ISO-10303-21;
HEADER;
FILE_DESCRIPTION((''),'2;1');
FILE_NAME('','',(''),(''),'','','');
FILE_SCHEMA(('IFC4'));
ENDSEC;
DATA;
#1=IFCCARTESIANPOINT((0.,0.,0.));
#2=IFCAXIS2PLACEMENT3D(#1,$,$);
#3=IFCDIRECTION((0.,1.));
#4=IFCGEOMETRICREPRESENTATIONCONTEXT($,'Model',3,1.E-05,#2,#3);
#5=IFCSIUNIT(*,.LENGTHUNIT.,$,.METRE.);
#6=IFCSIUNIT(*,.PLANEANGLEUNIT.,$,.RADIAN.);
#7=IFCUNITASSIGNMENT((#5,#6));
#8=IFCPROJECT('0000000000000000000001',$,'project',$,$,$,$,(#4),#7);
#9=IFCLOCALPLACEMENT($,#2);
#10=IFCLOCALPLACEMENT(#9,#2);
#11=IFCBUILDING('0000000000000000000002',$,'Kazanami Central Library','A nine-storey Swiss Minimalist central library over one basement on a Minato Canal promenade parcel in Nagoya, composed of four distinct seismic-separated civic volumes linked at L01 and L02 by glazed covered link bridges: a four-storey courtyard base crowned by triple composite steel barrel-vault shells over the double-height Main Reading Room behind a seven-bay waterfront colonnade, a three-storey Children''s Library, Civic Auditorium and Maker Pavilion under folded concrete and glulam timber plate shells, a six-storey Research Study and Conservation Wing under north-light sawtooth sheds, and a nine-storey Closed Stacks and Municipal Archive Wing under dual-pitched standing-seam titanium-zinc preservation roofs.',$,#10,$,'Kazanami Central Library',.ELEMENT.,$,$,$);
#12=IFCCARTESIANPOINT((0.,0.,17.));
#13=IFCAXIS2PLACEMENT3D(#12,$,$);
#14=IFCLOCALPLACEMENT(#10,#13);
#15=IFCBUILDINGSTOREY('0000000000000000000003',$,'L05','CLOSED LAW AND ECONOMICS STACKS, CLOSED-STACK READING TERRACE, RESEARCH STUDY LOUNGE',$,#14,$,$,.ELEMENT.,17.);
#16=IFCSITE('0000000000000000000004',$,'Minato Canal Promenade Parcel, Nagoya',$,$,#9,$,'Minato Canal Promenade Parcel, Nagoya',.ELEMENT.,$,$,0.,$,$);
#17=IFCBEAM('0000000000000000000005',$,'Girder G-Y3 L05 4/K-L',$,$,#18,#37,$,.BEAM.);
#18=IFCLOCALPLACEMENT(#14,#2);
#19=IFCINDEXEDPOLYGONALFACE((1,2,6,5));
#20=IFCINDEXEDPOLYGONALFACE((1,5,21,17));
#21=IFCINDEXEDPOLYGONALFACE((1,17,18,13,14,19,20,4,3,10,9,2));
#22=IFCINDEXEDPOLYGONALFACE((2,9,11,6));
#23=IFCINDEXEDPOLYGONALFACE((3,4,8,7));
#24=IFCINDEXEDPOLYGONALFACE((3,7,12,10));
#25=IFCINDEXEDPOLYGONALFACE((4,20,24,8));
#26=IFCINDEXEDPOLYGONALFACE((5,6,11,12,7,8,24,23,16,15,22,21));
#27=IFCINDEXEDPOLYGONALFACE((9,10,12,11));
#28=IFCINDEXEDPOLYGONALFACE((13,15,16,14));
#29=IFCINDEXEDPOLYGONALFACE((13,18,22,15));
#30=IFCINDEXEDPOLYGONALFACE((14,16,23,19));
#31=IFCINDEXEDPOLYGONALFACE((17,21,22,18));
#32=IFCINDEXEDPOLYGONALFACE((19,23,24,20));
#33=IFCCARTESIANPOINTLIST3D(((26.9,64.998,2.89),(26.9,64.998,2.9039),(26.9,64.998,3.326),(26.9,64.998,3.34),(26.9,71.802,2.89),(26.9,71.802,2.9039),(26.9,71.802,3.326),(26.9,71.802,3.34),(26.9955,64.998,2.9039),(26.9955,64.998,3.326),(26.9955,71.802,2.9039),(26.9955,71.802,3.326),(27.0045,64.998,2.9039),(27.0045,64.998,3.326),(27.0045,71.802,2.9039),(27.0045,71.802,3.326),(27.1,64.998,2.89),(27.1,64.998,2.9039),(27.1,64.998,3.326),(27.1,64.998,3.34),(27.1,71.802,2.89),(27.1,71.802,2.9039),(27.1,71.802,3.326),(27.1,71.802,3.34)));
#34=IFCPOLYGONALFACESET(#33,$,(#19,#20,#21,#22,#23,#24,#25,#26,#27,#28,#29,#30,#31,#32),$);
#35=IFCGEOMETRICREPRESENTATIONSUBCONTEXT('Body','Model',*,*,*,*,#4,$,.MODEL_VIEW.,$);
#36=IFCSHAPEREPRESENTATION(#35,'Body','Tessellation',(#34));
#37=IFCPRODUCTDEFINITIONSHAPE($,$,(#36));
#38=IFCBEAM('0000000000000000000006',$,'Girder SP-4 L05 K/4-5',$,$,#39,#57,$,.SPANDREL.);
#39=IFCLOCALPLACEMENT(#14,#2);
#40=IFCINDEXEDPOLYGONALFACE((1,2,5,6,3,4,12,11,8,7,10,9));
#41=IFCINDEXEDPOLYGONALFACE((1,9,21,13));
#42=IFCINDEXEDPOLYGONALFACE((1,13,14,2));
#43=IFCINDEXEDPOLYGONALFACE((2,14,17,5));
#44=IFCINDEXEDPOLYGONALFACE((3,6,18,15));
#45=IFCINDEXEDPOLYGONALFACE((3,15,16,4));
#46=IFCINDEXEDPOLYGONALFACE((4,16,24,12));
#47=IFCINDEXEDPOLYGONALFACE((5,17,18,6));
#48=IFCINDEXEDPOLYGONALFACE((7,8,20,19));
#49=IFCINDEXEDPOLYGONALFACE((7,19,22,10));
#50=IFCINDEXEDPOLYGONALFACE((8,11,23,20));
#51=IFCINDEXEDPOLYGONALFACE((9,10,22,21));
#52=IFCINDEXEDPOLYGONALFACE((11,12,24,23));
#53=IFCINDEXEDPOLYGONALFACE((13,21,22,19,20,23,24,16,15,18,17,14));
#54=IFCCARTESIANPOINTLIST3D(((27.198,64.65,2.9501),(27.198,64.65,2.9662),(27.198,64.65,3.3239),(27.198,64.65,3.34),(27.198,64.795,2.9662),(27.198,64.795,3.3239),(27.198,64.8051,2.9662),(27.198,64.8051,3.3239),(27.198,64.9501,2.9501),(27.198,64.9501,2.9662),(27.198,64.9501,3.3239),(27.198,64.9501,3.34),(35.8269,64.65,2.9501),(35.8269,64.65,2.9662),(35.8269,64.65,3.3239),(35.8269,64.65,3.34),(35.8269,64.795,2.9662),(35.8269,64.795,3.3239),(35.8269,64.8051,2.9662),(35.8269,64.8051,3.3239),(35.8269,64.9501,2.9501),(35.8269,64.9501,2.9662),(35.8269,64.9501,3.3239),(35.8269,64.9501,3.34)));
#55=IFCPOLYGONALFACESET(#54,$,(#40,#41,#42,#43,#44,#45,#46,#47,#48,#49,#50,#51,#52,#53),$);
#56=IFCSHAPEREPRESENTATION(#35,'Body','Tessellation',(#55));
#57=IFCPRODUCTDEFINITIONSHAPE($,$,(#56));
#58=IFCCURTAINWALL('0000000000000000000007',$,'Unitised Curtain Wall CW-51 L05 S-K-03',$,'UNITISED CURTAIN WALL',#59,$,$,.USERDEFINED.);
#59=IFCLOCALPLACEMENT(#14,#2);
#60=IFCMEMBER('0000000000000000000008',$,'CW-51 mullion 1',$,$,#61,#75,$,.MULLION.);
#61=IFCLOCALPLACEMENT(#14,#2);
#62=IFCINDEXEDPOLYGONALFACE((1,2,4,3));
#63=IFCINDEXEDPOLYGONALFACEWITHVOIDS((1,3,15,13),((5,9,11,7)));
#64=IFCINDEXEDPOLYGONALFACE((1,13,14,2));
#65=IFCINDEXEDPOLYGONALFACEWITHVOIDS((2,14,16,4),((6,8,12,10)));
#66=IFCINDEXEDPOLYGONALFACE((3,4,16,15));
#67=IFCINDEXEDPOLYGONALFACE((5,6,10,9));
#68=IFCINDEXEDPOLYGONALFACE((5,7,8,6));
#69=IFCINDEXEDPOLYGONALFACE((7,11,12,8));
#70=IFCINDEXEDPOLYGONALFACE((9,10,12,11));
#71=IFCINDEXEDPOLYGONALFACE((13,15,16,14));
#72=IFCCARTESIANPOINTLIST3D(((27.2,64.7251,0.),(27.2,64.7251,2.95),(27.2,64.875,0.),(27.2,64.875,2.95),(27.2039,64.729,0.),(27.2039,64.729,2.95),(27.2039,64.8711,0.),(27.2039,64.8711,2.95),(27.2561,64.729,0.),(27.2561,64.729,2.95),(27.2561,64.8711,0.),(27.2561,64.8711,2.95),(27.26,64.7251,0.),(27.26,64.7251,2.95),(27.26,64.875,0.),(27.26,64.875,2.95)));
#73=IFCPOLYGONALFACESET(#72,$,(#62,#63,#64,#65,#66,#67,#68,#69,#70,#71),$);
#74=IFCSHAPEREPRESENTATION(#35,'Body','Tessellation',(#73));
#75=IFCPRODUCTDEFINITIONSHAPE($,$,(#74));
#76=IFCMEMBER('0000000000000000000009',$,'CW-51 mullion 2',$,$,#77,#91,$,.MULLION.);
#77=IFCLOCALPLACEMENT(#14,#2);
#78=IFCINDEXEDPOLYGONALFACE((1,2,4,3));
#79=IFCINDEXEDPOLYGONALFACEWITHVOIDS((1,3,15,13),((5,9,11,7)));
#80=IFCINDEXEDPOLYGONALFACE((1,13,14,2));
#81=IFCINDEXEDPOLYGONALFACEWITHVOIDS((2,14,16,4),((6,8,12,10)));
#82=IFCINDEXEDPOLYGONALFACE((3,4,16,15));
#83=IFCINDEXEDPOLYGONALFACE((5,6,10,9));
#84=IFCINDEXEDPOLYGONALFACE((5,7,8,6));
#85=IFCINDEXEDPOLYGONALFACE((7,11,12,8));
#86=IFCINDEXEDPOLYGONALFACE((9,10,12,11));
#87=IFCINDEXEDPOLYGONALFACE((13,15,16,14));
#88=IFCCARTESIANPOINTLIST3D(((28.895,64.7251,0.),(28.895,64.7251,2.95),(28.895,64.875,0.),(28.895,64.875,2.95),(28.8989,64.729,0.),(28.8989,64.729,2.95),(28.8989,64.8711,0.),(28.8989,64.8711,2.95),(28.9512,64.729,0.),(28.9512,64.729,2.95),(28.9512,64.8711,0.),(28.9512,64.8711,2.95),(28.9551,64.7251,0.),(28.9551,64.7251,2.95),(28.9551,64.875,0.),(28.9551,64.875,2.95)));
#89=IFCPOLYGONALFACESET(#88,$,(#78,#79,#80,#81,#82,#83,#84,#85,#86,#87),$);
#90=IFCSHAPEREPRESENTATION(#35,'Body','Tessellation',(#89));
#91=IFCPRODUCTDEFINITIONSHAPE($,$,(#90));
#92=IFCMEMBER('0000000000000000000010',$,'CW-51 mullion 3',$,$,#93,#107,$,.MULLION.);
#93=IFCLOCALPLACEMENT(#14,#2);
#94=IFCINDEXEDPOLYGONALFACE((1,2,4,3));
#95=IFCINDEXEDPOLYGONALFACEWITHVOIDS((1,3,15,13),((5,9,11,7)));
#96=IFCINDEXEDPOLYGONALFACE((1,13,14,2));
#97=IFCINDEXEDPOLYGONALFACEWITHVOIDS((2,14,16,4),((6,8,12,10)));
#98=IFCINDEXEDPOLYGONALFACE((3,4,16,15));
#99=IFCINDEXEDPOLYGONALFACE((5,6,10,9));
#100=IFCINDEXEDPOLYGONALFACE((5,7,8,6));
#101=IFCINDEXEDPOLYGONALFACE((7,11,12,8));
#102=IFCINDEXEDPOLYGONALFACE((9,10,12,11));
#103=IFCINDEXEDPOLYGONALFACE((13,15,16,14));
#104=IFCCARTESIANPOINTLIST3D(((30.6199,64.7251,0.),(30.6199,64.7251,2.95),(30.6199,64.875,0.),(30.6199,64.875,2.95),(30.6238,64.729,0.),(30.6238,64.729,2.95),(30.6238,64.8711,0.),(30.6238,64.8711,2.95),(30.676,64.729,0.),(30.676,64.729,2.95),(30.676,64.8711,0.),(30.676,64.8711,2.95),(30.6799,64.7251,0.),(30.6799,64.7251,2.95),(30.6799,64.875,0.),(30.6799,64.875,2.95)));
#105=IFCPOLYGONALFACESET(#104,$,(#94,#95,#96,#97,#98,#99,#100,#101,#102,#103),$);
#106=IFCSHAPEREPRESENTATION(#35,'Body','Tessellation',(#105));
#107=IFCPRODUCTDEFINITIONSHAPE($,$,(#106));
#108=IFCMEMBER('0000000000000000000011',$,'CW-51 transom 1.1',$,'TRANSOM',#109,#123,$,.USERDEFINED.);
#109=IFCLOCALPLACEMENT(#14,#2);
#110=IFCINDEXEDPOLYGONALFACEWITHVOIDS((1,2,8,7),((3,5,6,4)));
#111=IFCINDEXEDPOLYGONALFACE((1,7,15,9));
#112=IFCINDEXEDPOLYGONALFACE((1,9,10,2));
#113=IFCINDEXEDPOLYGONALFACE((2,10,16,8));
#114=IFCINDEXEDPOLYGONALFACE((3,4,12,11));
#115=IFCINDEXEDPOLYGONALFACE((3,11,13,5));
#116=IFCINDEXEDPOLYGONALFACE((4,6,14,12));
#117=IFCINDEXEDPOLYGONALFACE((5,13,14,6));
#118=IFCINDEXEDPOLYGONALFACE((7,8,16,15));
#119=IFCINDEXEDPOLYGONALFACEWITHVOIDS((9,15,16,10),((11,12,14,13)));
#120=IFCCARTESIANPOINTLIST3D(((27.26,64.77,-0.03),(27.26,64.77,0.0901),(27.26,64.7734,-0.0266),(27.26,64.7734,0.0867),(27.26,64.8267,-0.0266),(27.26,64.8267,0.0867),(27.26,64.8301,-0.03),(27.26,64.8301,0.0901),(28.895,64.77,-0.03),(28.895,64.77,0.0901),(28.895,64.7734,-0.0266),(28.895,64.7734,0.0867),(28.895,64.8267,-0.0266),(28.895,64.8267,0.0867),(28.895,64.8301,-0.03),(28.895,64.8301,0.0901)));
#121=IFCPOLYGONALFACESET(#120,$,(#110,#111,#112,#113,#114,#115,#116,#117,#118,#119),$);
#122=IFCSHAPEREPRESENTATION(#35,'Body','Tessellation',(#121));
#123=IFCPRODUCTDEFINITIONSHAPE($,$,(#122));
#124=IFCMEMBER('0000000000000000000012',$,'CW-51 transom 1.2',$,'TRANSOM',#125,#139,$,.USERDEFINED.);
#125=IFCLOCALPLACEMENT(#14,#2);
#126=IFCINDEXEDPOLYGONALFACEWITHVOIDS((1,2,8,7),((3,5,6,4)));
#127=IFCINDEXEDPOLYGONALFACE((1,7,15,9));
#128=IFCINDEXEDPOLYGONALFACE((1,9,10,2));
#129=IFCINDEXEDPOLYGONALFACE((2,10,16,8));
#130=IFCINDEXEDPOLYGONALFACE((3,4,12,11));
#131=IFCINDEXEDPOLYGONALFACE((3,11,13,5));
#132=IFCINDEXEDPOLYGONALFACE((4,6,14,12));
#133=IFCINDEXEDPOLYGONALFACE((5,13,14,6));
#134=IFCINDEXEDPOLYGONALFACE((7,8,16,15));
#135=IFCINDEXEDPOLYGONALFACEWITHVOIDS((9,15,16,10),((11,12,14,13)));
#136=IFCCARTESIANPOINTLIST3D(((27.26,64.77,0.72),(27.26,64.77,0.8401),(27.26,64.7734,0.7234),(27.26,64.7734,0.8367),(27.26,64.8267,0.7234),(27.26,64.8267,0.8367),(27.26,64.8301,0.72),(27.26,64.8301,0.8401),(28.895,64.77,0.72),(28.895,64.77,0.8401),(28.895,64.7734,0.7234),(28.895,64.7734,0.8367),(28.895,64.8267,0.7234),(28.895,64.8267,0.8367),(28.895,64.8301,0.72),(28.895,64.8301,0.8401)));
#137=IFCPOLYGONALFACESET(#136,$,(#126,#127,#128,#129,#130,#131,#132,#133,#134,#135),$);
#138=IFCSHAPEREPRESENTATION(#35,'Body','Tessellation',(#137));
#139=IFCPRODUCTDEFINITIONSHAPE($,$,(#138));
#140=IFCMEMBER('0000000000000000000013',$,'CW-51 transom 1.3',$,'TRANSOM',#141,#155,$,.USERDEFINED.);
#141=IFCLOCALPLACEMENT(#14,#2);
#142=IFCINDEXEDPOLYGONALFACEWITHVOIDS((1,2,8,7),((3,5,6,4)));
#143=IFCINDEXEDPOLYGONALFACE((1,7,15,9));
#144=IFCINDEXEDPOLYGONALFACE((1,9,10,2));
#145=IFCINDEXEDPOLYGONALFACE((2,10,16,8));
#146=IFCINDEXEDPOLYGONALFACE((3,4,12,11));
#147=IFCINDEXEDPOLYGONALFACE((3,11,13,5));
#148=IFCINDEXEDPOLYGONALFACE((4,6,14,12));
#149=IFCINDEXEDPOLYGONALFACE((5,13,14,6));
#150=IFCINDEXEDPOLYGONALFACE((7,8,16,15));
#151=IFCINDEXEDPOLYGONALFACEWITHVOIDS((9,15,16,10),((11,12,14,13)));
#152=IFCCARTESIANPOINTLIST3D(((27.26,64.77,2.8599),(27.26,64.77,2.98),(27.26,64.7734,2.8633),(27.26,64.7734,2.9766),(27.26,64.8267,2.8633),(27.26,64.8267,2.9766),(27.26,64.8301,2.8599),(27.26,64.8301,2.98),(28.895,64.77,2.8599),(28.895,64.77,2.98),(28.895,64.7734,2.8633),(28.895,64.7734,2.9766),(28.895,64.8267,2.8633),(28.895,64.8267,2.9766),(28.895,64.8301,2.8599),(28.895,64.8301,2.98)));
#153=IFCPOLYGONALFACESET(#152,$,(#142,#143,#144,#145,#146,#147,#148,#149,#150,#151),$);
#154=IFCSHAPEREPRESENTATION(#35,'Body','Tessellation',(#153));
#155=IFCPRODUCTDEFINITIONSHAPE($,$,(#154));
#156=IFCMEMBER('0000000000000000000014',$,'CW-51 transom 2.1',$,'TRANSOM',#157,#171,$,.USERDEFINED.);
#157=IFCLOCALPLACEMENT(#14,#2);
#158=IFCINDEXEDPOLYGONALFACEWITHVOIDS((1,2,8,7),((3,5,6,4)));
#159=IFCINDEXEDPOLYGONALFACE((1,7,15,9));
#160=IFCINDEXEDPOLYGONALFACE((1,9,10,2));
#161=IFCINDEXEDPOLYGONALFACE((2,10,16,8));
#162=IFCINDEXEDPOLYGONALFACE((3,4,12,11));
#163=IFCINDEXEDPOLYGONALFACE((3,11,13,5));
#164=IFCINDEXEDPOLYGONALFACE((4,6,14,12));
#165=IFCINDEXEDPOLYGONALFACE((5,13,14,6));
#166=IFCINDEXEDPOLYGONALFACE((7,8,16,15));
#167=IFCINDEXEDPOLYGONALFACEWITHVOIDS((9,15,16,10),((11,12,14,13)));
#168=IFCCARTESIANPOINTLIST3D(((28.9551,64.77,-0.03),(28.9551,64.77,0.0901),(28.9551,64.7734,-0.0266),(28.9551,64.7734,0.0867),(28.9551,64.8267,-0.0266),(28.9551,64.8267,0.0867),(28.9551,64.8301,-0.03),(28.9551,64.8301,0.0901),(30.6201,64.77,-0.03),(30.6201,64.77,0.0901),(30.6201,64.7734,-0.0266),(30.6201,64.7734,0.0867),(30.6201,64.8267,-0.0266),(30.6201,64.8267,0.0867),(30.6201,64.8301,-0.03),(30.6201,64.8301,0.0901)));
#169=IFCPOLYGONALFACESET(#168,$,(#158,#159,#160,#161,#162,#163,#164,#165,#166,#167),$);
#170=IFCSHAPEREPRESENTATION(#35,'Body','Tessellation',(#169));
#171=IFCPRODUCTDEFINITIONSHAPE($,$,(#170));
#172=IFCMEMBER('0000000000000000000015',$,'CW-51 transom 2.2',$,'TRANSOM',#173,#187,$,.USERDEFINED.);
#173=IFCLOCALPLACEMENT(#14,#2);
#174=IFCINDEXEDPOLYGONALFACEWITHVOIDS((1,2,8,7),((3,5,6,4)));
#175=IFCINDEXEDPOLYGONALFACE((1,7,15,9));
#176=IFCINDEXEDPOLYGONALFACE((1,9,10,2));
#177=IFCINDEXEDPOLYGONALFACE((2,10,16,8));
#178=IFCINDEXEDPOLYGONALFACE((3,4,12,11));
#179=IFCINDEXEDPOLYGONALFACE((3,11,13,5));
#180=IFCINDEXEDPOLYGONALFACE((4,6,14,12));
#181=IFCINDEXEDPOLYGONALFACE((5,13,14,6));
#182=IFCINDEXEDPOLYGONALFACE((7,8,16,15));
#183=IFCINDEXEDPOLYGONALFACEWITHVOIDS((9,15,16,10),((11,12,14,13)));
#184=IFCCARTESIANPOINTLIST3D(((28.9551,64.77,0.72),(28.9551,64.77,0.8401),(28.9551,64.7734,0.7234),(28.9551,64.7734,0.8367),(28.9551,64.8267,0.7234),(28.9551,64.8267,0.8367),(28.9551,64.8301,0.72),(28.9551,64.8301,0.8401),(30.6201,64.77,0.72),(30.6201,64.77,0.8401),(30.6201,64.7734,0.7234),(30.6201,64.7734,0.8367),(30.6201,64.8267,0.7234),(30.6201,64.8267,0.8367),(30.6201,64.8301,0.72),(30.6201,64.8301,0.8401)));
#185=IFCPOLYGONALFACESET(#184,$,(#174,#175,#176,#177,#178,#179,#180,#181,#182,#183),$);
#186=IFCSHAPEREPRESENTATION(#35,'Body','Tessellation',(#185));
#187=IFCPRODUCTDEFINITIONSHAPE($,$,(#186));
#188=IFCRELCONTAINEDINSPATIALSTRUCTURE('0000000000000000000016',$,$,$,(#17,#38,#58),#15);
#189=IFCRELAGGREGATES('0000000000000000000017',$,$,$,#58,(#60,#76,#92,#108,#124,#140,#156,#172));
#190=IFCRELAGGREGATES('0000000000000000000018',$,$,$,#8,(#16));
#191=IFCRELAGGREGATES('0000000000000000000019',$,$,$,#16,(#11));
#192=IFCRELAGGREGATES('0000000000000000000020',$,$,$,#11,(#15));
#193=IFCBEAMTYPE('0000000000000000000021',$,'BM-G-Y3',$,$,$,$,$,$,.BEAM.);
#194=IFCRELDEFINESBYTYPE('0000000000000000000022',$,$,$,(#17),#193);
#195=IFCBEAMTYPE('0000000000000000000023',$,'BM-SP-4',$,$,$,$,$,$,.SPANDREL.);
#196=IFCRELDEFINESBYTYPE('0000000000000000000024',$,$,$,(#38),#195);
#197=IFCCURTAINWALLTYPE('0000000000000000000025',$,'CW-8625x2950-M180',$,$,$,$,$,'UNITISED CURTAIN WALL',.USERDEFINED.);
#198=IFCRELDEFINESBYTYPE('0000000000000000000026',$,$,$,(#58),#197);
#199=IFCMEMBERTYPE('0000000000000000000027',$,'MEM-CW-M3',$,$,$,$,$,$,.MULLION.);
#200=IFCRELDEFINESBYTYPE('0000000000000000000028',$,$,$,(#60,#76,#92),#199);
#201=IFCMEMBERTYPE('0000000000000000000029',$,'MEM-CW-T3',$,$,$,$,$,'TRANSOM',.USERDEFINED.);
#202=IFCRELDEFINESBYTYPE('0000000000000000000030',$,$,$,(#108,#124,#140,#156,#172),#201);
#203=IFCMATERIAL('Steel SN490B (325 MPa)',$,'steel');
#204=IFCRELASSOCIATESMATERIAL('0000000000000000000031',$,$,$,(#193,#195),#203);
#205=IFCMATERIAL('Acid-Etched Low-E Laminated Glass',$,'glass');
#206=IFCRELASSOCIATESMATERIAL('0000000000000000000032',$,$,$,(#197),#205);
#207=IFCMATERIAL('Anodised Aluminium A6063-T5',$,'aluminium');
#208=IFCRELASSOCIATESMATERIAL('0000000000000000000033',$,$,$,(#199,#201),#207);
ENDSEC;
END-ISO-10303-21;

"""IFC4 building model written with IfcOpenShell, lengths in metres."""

from ifc_helpers import new_model, si_unit, direction, frame, origin, origin_2d, place, context, subcontext, project, spatial, hollow_rectangle, i_section, extrude, material, material_profile, profile_set, type_object, element, aggregate, save


model = new_model("IFC4")

# Units and contexts
model_context = context("Model", 3, precision=1e-05, world=origin(), true_north=direction((0.0, 1.0)))
body_context = subcontext(model_context, "Body", "Model", "MODEL_VIEW")
ifc_project = project(units=[si_unit("LENGTHUNIT", "METRE"), si_unit("PLANEANGLEUNIT", "RADIAN")], contexts=[model_context])

# Site, building, storey
site_placement = place(None, origin())
site = spatial("IfcSite", under=ifc_project, at=site_placement, Name="Minato Canal Promenade Parcel, Nagoya", LongName="Minato Canal Promenade Parcel, Nagoya", CompositionType="ELEMENT", RefElevation=0.0)
building_placement = place(site_placement, origin())
building = spatial("IfcBuilding", under=site, at=building_placement, Name="Kazanami Central Library", Description="A nine-storey Swiss Minimalist central library over one basement on a Minato Canal promenade parcel in Nagoya, composed of four distinct seismic-separated civic volumes linked at L01 and L02 by glazed covered link bridges: a four-storey courtyard base crowned by triple composite steel barrel-vault shells over the double-height Main Reading Room behind a seven-bay waterfront colonnade, a three-storey Children's Library, Civic Auditorium and Maker Pavilion under folded concrete and glulam timber plate shells, a six-storey Research Study and Conservation Wing under north-light sawtooth sheds, and a nine-storey Closed Stacks and Municipal Archive Wing under dual-pitched standing-seam titanium-zinc preservation roofs.", LongName="Kazanami Central Library", CompositionType="ELEMENT")
storey_placement = place(building_placement, frame((0.0, 0.0, 17.0)))
storey = spatial("IfcBuildingStorey", under=building, at=storey_placement, Name="L05", Description="CLOSED LAW AND ECONOMICS STACKS, CLOSED-STACK READING TERRACE, RESEARCH STUDY LOUNGE", CompositionType="ELEMENT", Elevation=17.0)

# Beams
ifc_material_1 = material(Name="Steel SN490B (325 MPa)", Category="steel")
ifc_material_profile_1 = material_profile(ifc_material_1, i_section(OverallWidth=0.2, OverallDepth=0.45, WebThickness=0.009, FlangeThickness=0.0139, at=origin_2d()), Name="H-450x200x9x14")
ifc_profile_set_1 = profile_set([ifc_material_profile_1], Name="Steel SN490B (325 MPa)")
beam_type_1 = type_object("IfcBeamType", Name="BM-G-Y3", PredefinedType="BEAM", material=ifc_profile_set_1)
beam_1_placement = place(storey_placement, frame((27.0, 64.998, 3.115), z_axis=(0.0, 1.0, 0.0), x_axis=(-1.0, 0.0, 0.0)))
element("IfcBeam", 1, at=beam_1_placement, inside=storey, type_object=beam_type_1, Name="Girder G-Y3 L05 4/K-L", PredefinedType="BEAM", context=body_context, shape_type="SweptSolid", body=[
    extrude(i_section(OverallWidth=0.2, OverallDepth=0.45, WebThickness=0.009, FlangeThickness=0.0139, at=origin_2d()), origin(), (0.0, 0.0, 1.0), 6.804),
])
ifc_material_profile_2 = material_profile(ifc_material_1, i_section(OverallWidth=0.3, OverallDepth=0.3899, WebThickness=0.01, FlangeThickness=0.0161, at=origin_2d()), Name="H-390x300x10x16")
ifc_profile_set_2 = profile_set([ifc_material_profile_2], Name="Steel SN490B (325 MPa)")
beam_type_2 = type_object("IfcBeamType", Name="BM-SP-4", PredefinedType="SPANDREL", material=ifc_profile_set_2)
beam_2_placement = place(storey_placement, frame((27.198, 64.8, 3.145), z_axis=(1.0, 0.0, 0.0), x_axis=(0.0, 1.0, 0.0)))
element("IfcBeam", 2, at=beam_2_placement, inside=storey, type_object=beam_type_2, Name="Girder SP-4 L05 K/4-5", PredefinedType="SPANDREL", context=body_context, shape_type="SweptSolid", body=[
    extrude(i_section(OverallWidth=0.3, OverallDepth=0.3899, WebThickness=0.01, FlangeThickness=0.0161, at=origin_2d()), origin(), (0.0, 0.0, 1.0), 8.6289),
])

# Curtain wall, members
ifc_material_2 = material(Name="Acid-Etched Low-E Laminated Glass", Category="glass")
curtain_wall_type = type_object("IfcCurtainWallType", Name="CW-8625x2950-M180", ElementType="UNITISED CURTAIN WALL", PredefinedType="USERDEFINED", material=ifc_material_2)
curtain_wall_placement = place(storey_placement, origin())
curtain_wall = element("IfcCurtainWall", 3, at=curtain_wall_placement, inside=storey, type_object=curtain_wall_type, Name="Unitised Curtain Wall CW-51 L05 S-K-03", ObjectType="UNITISED CURTAIN WALL", PredefinedType="USERDEFINED")
ifc_material_3 = material(Name="Anodised Aluminium A6063-T5", Category="aluminium")
ifc_material_profile_3 = material_profile(ifc_material_3, hollow_rectangle(XDim=0.0601, YDim=0.1499, WallThickness=0.0039, at=origin_2d()), Name="ALU-MULL-60x150x4")
ifc_profile_set_3 = profile_set([ifc_material_profile_3], Name="Anodised Aluminium A6063-T5")
member_type_1 = type_object("IfcMemberType", Name="MEM-CW-M3", PredefinedType="MULLION", material=ifc_profile_set_3)
member_1_placement = place(storey_placement, frame((27.23, 64.8, 0.0), z_axis=(0.0, 0.0, 1.0), x_axis=(1.0, 0.0, 0.0)))
member_1 = element("IfcMember", 4, at=member_1_placement, type_object=member_type_1, Name="CW-51 mullion 1", PredefinedType="MULLION", context=body_context, shape_type="SweptSolid", body=[
    extrude(hollow_rectangle(XDim=0.0601, YDim=0.1499, WallThickness=0.0039, at=origin_2d()), origin(), (0.0, 0.0, 1.0), 2.95),
])
member_2_placement = place(storey_placement, frame((28.925, 64.8, 0.0), z_axis=(0.0, 0.0, 1.0), x_axis=(1.0, 0.0, 0.0)))
member_2 = element("IfcMember", 5, at=member_2_placement, type_object=member_type_1, Name="CW-51 mullion 2", PredefinedType="MULLION", context=body_context, shape_type="SweptSolid", body=[
    extrude(hollow_rectangle(XDim=0.0601, YDim=0.1499, WallThickness=0.0039, at=origin_2d()), origin(), (0.0, 0.0, 1.0), 2.95),
])
member_3_placement = place(storey_placement, frame((30.6499, 64.8, 0.0), z_axis=(0.0, 0.0, 1.0), x_axis=(1.0, 0.0, 0.0)))
member_3 = element("IfcMember", 6, at=member_3_placement, type_object=member_type_1, Name="CW-51 mullion 3", PredefinedType="MULLION", context=body_context, shape_type="SweptSolid", body=[
    extrude(hollow_rectangle(XDim=0.0601, YDim=0.1499, WallThickness=0.0039, at=origin_2d()), origin(), (0.0, 0.0, 1.0), 2.95),
])
ifc_material_profile_4 = material_profile(ifc_material_3, hollow_rectangle(XDim=0.0601, YDim=0.1201, WallThickness=0.0034, at=origin_2d()), Name="ALU-TRAN-60x120x3.5")
ifc_profile_set_4 = profile_set([ifc_material_profile_4], Name="Anodised Aluminium A6063-T5")
member_type_2 = type_object("IfcMemberType", Name="MEM-CW-T3", ElementType="TRANSOM", PredefinedType="USERDEFINED", material=ifc_profile_set_4)
member_4_placement = place(storey_placement, frame((27.26, 64.8, 0.03), z_axis=(1.0, 0.0, 0.0), x_axis=(0.0, 1.0, 0.0)))
member_4 = element("IfcMember", 7, at=member_4_placement, type_object=member_type_2, Name="CW-51 transom 1.1", ObjectType="TRANSOM", PredefinedType="USERDEFINED", context=body_context, shape_type="SweptSolid", body=[
    extrude(hollow_rectangle(XDim=0.0601, YDim=0.1201, WallThickness=0.0034, at=origin_2d()), origin(), (0.0, 0.0, 1.0), 1.635),
])
member_5_placement = place(storey_placement, frame((27.26, 64.8, 0.78), z_axis=(1.0, 0.0, 0.0), x_axis=(0.0, 1.0, 0.0)))
member_5 = element("IfcMember", 8, at=member_5_placement, type_object=member_type_2, Name="CW-51 transom 1.2", ObjectType="TRANSOM", PredefinedType="USERDEFINED", context=body_context, shape_type="SweptSolid", body=[
    extrude(hollow_rectangle(XDim=0.0601, YDim=0.1201, WallThickness=0.0034, at=origin_2d()), origin(), (0.0, 0.0, 1.0), 1.635),
])
member_6_placement = place(storey_placement, frame((27.26, 64.8, 2.9199), z_axis=(1.0, 0.0, 0.0), x_axis=(0.0, 1.0, 0.0)))
member_6 = element("IfcMember", 9, at=member_6_placement, type_object=member_type_2, Name="CW-51 transom 1.3", ObjectType="TRANSOM", PredefinedType="USERDEFINED", context=body_context, shape_type="SweptSolid", body=[
    extrude(hollow_rectangle(XDim=0.0601, YDim=0.1201, WallThickness=0.0034, at=origin_2d()), origin(), (0.0, 0.0, 1.0), 1.635),
])
member_7_placement = place(storey_placement, frame((28.9551, 64.8, 0.03), z_axis=(1.0, 0.0, 0.0), x_axis=(0.0, 1.0, 0.0)))
member_7 = element("IfcMember", 10, at=member_7_placement, type_object=member_type_2, Name="CW-51 transom 2.1", ObjectType="TRANSOM", PredefinedType="USERDEFINED", context=body_context, shape_type="SweptSolid", body=[
    extrude(hollow_rectangle(XDim=0.0601, YDim=0.1201, WallThickness=0.0034, at=origin_2d()), origin(), (0.0, 0.0, 1.0), 1.665),
])
member_8_placement = place(storey_placement, frame((28.9551, 64.8, 0.78), z_axis=(1.0, 0.0, 0.0), x_axis=(0.0, 1.0, 0.0)))
member_8 = element("IfcMember", 11, at=member_8_placement, type_object=member_type_2, Name="CW-51 transom 2.2", ObjectType="TRANSOM", PredefinedType="USERDEFINED", context=body_context, shape_type="SweptSolid", body=[
    extrude(hollow_rectangle(XDim=0.0601, YDim=0.1201, WallThickness=0.0034, at=origin_2d()), origin(), (0.0, 0.0, 1.0), 1.665),
])
aggregate(curtain_wall, [member_1, member_2, member_3, member_4, member_5, member_6, member_7, member_8])

save(model, "model.ifc")
